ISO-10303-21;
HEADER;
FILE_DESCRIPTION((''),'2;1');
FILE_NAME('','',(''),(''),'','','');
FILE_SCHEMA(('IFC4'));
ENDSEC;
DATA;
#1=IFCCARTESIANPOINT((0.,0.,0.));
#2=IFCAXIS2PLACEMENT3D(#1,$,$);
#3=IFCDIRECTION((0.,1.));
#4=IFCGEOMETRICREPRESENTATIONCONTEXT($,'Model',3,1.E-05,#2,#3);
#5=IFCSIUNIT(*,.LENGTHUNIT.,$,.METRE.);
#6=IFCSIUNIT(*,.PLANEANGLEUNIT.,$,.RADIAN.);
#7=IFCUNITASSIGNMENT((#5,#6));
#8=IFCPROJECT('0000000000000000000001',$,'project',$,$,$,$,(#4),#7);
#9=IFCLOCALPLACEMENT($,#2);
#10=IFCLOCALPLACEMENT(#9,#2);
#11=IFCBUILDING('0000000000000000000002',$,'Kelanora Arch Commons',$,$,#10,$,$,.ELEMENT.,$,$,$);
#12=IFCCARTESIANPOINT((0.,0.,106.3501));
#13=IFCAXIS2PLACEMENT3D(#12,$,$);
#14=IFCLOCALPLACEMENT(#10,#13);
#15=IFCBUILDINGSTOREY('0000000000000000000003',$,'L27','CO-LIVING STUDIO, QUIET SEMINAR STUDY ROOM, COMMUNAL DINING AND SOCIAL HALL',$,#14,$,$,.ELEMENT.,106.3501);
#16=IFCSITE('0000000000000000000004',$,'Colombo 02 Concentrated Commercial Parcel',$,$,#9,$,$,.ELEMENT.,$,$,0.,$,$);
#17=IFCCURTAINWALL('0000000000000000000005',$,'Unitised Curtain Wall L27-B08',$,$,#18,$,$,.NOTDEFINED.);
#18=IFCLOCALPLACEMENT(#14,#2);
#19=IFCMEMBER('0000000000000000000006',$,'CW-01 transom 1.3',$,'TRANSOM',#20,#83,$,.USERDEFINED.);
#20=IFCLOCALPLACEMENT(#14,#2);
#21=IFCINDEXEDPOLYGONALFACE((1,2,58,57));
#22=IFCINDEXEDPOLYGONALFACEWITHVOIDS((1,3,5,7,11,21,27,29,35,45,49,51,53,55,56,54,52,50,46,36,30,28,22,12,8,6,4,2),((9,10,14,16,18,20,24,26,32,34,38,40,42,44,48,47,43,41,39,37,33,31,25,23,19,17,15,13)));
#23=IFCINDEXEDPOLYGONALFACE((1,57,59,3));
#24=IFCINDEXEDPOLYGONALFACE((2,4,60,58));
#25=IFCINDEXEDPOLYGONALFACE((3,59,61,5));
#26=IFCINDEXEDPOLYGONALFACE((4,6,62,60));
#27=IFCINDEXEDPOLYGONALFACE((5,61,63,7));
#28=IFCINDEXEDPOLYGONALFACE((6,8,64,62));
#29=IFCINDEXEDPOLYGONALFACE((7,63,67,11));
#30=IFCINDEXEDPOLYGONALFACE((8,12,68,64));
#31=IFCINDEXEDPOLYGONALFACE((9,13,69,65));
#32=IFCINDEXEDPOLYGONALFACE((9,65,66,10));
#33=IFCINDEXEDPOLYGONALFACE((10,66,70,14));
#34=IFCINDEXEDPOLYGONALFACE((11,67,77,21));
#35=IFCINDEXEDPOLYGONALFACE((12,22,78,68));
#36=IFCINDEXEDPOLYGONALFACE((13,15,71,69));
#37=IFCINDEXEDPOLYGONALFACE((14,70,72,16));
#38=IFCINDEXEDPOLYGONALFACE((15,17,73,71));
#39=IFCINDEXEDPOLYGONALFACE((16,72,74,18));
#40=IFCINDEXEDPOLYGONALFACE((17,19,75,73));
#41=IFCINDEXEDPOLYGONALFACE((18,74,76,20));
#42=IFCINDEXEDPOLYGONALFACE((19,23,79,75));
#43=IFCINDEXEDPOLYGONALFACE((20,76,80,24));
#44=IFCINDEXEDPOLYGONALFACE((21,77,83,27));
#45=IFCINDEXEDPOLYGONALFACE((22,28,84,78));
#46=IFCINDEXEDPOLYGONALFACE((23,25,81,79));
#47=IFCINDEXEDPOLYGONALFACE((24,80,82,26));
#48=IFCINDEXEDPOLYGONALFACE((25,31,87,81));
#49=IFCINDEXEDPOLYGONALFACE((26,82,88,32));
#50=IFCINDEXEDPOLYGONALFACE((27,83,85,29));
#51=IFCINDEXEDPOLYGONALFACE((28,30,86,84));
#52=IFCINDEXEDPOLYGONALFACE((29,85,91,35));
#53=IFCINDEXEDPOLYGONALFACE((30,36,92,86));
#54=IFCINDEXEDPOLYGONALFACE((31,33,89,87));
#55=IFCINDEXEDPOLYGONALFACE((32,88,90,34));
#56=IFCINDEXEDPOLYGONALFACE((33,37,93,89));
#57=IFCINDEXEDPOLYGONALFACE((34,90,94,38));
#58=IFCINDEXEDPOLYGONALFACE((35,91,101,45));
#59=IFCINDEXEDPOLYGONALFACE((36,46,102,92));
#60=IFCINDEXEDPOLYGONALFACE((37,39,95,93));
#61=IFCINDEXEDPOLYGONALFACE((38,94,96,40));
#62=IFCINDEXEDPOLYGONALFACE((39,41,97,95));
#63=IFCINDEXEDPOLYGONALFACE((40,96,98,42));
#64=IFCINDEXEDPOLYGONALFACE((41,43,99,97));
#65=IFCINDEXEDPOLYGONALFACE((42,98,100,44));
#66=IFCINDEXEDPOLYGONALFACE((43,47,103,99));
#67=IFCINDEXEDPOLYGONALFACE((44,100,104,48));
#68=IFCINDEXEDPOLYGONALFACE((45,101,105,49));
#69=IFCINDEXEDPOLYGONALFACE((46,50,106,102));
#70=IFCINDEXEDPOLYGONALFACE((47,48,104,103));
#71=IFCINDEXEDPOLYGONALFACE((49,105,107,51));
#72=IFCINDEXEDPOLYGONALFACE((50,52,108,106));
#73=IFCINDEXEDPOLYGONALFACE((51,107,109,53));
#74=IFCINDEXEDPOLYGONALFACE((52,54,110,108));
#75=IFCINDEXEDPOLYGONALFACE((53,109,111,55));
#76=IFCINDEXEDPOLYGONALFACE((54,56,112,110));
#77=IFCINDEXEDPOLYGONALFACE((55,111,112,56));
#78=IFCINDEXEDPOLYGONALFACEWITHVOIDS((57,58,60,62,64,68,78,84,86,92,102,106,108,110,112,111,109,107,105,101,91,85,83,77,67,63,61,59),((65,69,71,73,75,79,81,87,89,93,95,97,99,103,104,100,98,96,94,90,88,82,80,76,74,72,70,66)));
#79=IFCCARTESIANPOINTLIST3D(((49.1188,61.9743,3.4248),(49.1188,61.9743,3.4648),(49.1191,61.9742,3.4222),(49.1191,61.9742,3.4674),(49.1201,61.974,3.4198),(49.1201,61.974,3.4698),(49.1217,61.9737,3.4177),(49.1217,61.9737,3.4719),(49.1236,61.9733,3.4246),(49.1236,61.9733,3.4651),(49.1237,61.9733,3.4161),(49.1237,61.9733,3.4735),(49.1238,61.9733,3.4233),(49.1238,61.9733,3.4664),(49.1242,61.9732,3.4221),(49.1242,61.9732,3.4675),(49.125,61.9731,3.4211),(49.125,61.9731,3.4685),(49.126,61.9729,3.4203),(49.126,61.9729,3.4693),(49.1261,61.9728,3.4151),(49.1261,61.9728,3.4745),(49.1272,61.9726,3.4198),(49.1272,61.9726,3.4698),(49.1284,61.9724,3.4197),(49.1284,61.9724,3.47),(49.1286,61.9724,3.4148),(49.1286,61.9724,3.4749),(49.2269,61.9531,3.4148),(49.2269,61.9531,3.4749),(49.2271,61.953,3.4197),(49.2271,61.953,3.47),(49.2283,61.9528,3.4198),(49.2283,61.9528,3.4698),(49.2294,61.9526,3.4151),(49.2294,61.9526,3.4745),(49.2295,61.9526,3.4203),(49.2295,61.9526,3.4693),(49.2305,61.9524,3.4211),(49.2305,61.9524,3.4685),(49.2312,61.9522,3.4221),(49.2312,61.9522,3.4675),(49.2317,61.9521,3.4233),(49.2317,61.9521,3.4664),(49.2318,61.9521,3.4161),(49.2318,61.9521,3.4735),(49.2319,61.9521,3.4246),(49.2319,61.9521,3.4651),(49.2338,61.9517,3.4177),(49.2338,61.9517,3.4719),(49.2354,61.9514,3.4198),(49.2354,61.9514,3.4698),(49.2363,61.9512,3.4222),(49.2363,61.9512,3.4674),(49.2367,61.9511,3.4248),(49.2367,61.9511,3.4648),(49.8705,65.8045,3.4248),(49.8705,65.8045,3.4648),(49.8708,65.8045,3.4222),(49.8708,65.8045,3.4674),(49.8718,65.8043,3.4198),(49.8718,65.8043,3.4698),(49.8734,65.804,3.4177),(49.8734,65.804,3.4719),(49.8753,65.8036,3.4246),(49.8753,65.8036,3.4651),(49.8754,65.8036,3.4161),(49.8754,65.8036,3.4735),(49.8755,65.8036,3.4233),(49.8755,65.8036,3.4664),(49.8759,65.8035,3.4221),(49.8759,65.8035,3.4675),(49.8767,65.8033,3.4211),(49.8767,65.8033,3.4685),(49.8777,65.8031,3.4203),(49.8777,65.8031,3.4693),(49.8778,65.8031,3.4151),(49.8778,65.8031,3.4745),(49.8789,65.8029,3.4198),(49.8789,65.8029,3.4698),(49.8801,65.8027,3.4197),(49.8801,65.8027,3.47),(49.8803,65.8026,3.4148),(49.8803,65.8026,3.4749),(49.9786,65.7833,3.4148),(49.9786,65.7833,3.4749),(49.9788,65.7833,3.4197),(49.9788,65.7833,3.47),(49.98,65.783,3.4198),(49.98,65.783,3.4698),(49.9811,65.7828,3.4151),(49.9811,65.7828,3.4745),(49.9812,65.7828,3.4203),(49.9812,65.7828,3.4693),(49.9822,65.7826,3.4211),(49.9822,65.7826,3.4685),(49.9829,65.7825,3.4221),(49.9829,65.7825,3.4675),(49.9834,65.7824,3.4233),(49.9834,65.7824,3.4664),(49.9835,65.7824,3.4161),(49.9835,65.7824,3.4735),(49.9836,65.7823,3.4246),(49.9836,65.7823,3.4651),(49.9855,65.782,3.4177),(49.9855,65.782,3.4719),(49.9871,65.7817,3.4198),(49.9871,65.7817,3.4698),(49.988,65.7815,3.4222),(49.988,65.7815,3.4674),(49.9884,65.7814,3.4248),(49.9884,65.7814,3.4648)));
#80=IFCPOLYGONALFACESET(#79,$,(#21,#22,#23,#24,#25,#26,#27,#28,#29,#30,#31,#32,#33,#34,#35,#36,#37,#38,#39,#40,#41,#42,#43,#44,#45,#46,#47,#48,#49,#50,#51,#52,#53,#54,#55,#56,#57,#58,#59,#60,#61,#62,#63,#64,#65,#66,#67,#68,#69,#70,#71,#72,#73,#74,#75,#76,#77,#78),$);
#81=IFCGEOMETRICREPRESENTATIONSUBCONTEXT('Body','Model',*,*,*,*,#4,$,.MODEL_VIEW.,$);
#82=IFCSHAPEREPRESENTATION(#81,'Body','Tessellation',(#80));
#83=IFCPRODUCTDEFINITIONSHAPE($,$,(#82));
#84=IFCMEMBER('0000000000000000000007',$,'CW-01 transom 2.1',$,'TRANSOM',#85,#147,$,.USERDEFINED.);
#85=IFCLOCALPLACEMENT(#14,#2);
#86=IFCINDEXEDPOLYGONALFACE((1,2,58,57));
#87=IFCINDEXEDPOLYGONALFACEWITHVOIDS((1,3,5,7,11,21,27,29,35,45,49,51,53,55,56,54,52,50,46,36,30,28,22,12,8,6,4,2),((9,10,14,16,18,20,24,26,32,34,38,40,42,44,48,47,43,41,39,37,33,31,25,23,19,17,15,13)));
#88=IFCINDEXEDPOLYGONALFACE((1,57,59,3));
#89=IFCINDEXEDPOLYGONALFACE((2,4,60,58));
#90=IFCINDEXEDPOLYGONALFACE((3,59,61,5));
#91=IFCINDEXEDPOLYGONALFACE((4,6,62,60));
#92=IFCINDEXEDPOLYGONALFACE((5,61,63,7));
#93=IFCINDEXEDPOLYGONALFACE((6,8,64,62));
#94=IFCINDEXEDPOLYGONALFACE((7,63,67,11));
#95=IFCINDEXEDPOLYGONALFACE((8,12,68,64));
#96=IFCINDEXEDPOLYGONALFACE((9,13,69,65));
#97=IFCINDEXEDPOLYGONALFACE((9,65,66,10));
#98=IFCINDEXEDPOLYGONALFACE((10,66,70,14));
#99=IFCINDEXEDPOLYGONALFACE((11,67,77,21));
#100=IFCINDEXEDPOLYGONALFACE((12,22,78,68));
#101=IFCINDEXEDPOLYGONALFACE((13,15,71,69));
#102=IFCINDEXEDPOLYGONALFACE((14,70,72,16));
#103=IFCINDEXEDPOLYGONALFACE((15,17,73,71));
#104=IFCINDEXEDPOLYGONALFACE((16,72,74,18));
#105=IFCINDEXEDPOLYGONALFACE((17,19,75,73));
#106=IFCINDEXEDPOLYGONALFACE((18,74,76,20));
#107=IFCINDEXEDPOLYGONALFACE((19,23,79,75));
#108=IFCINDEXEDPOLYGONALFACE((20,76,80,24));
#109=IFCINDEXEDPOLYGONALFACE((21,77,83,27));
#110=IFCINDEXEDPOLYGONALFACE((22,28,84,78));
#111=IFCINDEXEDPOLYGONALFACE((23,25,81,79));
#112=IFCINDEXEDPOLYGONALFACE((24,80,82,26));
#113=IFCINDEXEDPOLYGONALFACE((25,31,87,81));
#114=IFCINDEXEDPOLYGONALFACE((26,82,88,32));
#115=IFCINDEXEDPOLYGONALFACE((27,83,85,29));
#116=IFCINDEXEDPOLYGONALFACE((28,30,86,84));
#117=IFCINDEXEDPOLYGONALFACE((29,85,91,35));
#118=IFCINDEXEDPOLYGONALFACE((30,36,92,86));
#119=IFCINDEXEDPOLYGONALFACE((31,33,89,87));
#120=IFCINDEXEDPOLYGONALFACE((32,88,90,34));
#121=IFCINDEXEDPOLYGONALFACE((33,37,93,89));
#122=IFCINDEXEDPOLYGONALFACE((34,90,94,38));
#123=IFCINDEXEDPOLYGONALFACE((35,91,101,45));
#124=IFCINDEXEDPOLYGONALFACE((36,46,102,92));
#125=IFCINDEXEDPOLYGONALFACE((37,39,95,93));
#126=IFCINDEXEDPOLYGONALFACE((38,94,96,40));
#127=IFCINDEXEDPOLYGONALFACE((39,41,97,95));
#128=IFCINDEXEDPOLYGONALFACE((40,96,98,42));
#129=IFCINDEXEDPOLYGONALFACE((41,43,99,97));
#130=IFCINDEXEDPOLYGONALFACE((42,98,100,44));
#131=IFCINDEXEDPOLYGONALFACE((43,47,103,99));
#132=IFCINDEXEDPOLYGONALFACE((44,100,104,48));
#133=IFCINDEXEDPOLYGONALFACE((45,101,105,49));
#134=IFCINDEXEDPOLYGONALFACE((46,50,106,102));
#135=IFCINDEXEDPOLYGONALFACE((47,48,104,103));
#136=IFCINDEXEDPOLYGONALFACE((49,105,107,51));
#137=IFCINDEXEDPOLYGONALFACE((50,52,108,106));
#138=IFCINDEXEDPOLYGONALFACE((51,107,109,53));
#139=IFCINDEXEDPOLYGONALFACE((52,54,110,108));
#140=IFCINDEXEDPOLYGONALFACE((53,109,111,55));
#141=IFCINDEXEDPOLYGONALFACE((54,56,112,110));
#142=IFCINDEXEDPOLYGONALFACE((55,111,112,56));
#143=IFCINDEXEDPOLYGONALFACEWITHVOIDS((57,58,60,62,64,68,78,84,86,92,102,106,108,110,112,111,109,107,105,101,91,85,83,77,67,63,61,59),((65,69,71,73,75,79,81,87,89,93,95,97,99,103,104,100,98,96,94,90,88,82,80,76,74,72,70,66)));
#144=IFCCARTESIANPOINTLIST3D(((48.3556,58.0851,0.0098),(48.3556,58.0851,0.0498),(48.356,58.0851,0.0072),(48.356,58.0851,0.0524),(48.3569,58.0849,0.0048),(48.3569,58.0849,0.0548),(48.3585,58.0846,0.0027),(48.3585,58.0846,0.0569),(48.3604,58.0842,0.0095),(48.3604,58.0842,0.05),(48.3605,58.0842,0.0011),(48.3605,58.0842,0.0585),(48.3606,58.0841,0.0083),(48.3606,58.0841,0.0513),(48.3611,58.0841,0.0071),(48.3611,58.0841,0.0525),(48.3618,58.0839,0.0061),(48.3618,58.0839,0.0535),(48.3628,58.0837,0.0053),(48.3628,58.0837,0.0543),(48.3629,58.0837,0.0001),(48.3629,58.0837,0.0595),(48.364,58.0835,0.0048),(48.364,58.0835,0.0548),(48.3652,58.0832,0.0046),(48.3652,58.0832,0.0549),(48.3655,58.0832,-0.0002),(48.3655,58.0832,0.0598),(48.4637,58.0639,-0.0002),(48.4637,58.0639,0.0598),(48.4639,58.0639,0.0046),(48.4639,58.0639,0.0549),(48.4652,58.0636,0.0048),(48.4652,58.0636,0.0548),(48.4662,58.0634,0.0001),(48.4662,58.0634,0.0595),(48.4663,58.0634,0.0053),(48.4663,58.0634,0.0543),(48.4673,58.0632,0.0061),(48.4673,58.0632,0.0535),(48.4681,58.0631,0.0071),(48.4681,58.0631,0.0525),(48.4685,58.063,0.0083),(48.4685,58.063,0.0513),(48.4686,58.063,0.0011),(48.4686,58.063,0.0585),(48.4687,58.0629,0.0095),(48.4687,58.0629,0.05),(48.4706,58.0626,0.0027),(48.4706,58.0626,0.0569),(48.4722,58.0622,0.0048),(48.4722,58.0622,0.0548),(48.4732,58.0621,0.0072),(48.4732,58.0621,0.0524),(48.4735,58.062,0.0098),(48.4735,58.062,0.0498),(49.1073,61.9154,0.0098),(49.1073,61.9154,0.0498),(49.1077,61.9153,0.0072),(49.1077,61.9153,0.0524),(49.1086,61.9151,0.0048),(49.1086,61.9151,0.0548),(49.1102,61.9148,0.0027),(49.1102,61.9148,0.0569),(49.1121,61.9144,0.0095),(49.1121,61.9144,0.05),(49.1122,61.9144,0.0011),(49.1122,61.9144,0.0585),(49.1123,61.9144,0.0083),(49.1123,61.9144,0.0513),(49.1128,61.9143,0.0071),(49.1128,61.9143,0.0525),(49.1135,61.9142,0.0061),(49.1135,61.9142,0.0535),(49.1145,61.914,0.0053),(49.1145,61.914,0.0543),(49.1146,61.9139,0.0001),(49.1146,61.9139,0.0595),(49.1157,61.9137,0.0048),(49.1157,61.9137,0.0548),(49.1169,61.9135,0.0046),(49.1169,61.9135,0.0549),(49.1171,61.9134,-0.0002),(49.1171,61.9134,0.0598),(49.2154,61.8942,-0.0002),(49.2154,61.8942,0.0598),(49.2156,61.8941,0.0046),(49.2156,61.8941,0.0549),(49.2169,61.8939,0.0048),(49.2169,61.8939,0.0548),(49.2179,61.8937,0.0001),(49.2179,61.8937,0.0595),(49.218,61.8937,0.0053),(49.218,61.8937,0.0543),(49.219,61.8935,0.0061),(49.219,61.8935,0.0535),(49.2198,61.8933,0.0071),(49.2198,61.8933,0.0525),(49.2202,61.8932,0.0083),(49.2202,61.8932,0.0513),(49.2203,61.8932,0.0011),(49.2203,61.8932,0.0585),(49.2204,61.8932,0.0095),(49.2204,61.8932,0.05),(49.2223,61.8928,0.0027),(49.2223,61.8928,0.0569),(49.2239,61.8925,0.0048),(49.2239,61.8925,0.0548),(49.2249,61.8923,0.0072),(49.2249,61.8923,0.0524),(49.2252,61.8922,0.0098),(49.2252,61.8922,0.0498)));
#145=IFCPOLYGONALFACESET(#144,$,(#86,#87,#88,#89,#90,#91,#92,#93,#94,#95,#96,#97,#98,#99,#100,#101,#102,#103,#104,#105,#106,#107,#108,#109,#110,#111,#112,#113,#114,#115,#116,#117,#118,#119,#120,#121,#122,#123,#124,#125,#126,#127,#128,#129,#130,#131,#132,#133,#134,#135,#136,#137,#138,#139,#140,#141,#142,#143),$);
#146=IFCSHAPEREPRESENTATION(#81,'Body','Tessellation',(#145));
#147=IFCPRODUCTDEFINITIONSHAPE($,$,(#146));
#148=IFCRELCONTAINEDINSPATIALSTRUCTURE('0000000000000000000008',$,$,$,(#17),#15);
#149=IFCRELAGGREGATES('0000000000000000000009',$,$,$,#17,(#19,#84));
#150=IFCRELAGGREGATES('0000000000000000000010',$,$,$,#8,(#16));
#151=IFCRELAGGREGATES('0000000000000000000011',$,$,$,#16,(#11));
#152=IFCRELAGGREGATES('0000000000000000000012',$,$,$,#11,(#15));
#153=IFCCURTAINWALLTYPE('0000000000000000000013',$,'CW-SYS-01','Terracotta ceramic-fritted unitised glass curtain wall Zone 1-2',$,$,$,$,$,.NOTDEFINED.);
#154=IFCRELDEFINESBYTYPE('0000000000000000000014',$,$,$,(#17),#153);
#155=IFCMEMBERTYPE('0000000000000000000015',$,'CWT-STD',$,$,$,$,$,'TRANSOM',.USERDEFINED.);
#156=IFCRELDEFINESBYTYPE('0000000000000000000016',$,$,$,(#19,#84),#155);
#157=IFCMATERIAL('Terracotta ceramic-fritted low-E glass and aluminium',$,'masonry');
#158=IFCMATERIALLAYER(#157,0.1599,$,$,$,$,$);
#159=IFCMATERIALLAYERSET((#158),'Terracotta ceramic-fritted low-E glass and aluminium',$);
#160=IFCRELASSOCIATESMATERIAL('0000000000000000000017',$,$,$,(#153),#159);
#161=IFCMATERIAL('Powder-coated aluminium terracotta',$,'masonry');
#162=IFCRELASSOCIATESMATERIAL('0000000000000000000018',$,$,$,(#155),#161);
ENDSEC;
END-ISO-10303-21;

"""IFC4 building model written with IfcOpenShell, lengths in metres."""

from ifc_helpers import new_model, si_unit, direction, frame, origin, origin_2d, place, context, subcontext, project, spatial, hollow_rectangle, extrude, material, layer, layer_set, material_profile, profile_set, type_object, element, aggregate, save


model = new_model("IFC4")

# Units and contexts
model_context = context("Model", 3, precision=1e-05, world=origin(), true_north=direction((0.0, 1.0)))
body_context = subcontext(model_context, "Body", "Model", "MODEL_VIEW")
ifc_project = project(units=[si_unit("LENGTHUNIT", "METRE"), si_unit("PLANEANGLEUNIT", "RADIAN")], contexts=[model_context])

# Site, building, storey
site_placement = place(None, origin())
site = spatial("IfcSite", under=ifc_project, at=site_placement, Name="Colombo 02 Concentrated Commercial Parcel", CompositionType="ELEMENT", RefElevation=0.0)
building_placement = place(site_placement, origin())
building = spatial("IfcBuilding", under=site, at=building_placement, Name="Kelanora Arch Commons", CompositionType="ELEMENT")
storey_placement = place(building_placement, frame((0.0, 0.0, 106.3501)))
storey = spatial("IfcBuildingStorey", under=building, at=storey_placement, Name="L27", Description="CO-LIVING STUDIO, QUIET SEMINAR STUDY ROOM, COMMUNAL DINING AND SOCIAL HALL", CompositionType="ELEMENT", Elevation=106.3501)

# Curtain wall, members
ifc_material_1 = material(Name="Terracotta ceramic-fritted low-E glass and aluminium", Category="masonry")
ifc_layer_1 = layer(ifc_material_1, 0.1599)
ifc_layer_set_1 = layer_set([ifc_layer_1], Name="Terracotta ceramic-fritted low-E glass and aluminium")
curtain_wall_type = type_object("IfcCurtainWallType", Name="CW-SYS-01", Description="Terracotta ceramic-fritted unitised glass curtain wall Zone 1-2", PredefinedType="NOTDEFINED", material=ifc_layer_set_1)
curtain_wall_placement = place(storey_placement, origin())
curtain_wall = element("IfcCurtainWall", 1, at=curtain_wall_placement, inside=storey, type_object=curtain_wall_type, Name="Unitised Curtain Wall L27-B08", PredefinedType="NOTDEFINED")
ifc_material_2 = material(Name="Powder-coated aluminium terracotta", Category="masonry")
ifc_material_profile_1 = material_profile(ifc_material_2, hollow_rectangle(XDim=0.1201, YDim=0.0601, WallThickness=0.0049, InnerFilletRadius=0.0049, OuterFilletRadius=0.01, at=origin_2d()), Name="CWT120x60")
ifc_profile_set_1 = profile_set([ifc_material_profile_1], Name="Powder-coated aluminium terracotta")
member_type_1 = type_object("IfcMemberType", Name="CWT-STD", ElementType="TRANSOM", PredefinedType="USERDEFINED", material=ifc_profile_set_1)
member_1_placement = place(storey_placement, frame((49.9294, 65.793, 3.4448), z_axis=(-0.192579, -0.981282, 0.0), x_axis=(0.981282, -0.192579, 0.0)))
member_1 = element("IfcMember", 2, at=member_1_placement, type_object=member_type_1, Name="CW-01 transom 1.3", ObjectType="TRANSOM", PredefinedType="USERDEFINED", context=body_context, shape_type="SweptSolid", body=[
    extrude(hollow_rectangle(XDim=0.1201, YDim=0.0601, WallThickness=0.0049, InnerFilletRadius=0.0049, OuterFilletRadius=0.01, at=origin_2d()), origin(), (0.0, 0.0, 1.0), 3.9033),
])
member_2_placement = place(storey_placement, frame((49.1663, 61.9038, 0.0298), z_axis=(-0.192579, -0.981282, 0.0), x_axis=(0.981282, -0.192579, 0.0)))
member_2 = element("IfcMember", 3, at=member_2_placement, type_object=member_type_1, Name="CW-01 transom 2.1", ObjectType="TRANSOM", PredefinedType="USERDEFINED", context=body_context, shape_type="SweptSolid", body=[
    extrude(hollow_rectangle(XDim=0.1201, YDim=0.0601, WallThickness=0.0049, InnerFilletRadius=0.0049, OuterFilletRadius=0.01, at=origin_2d()), origin(), (0.0, 0.0, 1.0), 3.9033),
])
aggregate(curtain_wall, [member_1, member_2])

save(model, "model.ifc")
